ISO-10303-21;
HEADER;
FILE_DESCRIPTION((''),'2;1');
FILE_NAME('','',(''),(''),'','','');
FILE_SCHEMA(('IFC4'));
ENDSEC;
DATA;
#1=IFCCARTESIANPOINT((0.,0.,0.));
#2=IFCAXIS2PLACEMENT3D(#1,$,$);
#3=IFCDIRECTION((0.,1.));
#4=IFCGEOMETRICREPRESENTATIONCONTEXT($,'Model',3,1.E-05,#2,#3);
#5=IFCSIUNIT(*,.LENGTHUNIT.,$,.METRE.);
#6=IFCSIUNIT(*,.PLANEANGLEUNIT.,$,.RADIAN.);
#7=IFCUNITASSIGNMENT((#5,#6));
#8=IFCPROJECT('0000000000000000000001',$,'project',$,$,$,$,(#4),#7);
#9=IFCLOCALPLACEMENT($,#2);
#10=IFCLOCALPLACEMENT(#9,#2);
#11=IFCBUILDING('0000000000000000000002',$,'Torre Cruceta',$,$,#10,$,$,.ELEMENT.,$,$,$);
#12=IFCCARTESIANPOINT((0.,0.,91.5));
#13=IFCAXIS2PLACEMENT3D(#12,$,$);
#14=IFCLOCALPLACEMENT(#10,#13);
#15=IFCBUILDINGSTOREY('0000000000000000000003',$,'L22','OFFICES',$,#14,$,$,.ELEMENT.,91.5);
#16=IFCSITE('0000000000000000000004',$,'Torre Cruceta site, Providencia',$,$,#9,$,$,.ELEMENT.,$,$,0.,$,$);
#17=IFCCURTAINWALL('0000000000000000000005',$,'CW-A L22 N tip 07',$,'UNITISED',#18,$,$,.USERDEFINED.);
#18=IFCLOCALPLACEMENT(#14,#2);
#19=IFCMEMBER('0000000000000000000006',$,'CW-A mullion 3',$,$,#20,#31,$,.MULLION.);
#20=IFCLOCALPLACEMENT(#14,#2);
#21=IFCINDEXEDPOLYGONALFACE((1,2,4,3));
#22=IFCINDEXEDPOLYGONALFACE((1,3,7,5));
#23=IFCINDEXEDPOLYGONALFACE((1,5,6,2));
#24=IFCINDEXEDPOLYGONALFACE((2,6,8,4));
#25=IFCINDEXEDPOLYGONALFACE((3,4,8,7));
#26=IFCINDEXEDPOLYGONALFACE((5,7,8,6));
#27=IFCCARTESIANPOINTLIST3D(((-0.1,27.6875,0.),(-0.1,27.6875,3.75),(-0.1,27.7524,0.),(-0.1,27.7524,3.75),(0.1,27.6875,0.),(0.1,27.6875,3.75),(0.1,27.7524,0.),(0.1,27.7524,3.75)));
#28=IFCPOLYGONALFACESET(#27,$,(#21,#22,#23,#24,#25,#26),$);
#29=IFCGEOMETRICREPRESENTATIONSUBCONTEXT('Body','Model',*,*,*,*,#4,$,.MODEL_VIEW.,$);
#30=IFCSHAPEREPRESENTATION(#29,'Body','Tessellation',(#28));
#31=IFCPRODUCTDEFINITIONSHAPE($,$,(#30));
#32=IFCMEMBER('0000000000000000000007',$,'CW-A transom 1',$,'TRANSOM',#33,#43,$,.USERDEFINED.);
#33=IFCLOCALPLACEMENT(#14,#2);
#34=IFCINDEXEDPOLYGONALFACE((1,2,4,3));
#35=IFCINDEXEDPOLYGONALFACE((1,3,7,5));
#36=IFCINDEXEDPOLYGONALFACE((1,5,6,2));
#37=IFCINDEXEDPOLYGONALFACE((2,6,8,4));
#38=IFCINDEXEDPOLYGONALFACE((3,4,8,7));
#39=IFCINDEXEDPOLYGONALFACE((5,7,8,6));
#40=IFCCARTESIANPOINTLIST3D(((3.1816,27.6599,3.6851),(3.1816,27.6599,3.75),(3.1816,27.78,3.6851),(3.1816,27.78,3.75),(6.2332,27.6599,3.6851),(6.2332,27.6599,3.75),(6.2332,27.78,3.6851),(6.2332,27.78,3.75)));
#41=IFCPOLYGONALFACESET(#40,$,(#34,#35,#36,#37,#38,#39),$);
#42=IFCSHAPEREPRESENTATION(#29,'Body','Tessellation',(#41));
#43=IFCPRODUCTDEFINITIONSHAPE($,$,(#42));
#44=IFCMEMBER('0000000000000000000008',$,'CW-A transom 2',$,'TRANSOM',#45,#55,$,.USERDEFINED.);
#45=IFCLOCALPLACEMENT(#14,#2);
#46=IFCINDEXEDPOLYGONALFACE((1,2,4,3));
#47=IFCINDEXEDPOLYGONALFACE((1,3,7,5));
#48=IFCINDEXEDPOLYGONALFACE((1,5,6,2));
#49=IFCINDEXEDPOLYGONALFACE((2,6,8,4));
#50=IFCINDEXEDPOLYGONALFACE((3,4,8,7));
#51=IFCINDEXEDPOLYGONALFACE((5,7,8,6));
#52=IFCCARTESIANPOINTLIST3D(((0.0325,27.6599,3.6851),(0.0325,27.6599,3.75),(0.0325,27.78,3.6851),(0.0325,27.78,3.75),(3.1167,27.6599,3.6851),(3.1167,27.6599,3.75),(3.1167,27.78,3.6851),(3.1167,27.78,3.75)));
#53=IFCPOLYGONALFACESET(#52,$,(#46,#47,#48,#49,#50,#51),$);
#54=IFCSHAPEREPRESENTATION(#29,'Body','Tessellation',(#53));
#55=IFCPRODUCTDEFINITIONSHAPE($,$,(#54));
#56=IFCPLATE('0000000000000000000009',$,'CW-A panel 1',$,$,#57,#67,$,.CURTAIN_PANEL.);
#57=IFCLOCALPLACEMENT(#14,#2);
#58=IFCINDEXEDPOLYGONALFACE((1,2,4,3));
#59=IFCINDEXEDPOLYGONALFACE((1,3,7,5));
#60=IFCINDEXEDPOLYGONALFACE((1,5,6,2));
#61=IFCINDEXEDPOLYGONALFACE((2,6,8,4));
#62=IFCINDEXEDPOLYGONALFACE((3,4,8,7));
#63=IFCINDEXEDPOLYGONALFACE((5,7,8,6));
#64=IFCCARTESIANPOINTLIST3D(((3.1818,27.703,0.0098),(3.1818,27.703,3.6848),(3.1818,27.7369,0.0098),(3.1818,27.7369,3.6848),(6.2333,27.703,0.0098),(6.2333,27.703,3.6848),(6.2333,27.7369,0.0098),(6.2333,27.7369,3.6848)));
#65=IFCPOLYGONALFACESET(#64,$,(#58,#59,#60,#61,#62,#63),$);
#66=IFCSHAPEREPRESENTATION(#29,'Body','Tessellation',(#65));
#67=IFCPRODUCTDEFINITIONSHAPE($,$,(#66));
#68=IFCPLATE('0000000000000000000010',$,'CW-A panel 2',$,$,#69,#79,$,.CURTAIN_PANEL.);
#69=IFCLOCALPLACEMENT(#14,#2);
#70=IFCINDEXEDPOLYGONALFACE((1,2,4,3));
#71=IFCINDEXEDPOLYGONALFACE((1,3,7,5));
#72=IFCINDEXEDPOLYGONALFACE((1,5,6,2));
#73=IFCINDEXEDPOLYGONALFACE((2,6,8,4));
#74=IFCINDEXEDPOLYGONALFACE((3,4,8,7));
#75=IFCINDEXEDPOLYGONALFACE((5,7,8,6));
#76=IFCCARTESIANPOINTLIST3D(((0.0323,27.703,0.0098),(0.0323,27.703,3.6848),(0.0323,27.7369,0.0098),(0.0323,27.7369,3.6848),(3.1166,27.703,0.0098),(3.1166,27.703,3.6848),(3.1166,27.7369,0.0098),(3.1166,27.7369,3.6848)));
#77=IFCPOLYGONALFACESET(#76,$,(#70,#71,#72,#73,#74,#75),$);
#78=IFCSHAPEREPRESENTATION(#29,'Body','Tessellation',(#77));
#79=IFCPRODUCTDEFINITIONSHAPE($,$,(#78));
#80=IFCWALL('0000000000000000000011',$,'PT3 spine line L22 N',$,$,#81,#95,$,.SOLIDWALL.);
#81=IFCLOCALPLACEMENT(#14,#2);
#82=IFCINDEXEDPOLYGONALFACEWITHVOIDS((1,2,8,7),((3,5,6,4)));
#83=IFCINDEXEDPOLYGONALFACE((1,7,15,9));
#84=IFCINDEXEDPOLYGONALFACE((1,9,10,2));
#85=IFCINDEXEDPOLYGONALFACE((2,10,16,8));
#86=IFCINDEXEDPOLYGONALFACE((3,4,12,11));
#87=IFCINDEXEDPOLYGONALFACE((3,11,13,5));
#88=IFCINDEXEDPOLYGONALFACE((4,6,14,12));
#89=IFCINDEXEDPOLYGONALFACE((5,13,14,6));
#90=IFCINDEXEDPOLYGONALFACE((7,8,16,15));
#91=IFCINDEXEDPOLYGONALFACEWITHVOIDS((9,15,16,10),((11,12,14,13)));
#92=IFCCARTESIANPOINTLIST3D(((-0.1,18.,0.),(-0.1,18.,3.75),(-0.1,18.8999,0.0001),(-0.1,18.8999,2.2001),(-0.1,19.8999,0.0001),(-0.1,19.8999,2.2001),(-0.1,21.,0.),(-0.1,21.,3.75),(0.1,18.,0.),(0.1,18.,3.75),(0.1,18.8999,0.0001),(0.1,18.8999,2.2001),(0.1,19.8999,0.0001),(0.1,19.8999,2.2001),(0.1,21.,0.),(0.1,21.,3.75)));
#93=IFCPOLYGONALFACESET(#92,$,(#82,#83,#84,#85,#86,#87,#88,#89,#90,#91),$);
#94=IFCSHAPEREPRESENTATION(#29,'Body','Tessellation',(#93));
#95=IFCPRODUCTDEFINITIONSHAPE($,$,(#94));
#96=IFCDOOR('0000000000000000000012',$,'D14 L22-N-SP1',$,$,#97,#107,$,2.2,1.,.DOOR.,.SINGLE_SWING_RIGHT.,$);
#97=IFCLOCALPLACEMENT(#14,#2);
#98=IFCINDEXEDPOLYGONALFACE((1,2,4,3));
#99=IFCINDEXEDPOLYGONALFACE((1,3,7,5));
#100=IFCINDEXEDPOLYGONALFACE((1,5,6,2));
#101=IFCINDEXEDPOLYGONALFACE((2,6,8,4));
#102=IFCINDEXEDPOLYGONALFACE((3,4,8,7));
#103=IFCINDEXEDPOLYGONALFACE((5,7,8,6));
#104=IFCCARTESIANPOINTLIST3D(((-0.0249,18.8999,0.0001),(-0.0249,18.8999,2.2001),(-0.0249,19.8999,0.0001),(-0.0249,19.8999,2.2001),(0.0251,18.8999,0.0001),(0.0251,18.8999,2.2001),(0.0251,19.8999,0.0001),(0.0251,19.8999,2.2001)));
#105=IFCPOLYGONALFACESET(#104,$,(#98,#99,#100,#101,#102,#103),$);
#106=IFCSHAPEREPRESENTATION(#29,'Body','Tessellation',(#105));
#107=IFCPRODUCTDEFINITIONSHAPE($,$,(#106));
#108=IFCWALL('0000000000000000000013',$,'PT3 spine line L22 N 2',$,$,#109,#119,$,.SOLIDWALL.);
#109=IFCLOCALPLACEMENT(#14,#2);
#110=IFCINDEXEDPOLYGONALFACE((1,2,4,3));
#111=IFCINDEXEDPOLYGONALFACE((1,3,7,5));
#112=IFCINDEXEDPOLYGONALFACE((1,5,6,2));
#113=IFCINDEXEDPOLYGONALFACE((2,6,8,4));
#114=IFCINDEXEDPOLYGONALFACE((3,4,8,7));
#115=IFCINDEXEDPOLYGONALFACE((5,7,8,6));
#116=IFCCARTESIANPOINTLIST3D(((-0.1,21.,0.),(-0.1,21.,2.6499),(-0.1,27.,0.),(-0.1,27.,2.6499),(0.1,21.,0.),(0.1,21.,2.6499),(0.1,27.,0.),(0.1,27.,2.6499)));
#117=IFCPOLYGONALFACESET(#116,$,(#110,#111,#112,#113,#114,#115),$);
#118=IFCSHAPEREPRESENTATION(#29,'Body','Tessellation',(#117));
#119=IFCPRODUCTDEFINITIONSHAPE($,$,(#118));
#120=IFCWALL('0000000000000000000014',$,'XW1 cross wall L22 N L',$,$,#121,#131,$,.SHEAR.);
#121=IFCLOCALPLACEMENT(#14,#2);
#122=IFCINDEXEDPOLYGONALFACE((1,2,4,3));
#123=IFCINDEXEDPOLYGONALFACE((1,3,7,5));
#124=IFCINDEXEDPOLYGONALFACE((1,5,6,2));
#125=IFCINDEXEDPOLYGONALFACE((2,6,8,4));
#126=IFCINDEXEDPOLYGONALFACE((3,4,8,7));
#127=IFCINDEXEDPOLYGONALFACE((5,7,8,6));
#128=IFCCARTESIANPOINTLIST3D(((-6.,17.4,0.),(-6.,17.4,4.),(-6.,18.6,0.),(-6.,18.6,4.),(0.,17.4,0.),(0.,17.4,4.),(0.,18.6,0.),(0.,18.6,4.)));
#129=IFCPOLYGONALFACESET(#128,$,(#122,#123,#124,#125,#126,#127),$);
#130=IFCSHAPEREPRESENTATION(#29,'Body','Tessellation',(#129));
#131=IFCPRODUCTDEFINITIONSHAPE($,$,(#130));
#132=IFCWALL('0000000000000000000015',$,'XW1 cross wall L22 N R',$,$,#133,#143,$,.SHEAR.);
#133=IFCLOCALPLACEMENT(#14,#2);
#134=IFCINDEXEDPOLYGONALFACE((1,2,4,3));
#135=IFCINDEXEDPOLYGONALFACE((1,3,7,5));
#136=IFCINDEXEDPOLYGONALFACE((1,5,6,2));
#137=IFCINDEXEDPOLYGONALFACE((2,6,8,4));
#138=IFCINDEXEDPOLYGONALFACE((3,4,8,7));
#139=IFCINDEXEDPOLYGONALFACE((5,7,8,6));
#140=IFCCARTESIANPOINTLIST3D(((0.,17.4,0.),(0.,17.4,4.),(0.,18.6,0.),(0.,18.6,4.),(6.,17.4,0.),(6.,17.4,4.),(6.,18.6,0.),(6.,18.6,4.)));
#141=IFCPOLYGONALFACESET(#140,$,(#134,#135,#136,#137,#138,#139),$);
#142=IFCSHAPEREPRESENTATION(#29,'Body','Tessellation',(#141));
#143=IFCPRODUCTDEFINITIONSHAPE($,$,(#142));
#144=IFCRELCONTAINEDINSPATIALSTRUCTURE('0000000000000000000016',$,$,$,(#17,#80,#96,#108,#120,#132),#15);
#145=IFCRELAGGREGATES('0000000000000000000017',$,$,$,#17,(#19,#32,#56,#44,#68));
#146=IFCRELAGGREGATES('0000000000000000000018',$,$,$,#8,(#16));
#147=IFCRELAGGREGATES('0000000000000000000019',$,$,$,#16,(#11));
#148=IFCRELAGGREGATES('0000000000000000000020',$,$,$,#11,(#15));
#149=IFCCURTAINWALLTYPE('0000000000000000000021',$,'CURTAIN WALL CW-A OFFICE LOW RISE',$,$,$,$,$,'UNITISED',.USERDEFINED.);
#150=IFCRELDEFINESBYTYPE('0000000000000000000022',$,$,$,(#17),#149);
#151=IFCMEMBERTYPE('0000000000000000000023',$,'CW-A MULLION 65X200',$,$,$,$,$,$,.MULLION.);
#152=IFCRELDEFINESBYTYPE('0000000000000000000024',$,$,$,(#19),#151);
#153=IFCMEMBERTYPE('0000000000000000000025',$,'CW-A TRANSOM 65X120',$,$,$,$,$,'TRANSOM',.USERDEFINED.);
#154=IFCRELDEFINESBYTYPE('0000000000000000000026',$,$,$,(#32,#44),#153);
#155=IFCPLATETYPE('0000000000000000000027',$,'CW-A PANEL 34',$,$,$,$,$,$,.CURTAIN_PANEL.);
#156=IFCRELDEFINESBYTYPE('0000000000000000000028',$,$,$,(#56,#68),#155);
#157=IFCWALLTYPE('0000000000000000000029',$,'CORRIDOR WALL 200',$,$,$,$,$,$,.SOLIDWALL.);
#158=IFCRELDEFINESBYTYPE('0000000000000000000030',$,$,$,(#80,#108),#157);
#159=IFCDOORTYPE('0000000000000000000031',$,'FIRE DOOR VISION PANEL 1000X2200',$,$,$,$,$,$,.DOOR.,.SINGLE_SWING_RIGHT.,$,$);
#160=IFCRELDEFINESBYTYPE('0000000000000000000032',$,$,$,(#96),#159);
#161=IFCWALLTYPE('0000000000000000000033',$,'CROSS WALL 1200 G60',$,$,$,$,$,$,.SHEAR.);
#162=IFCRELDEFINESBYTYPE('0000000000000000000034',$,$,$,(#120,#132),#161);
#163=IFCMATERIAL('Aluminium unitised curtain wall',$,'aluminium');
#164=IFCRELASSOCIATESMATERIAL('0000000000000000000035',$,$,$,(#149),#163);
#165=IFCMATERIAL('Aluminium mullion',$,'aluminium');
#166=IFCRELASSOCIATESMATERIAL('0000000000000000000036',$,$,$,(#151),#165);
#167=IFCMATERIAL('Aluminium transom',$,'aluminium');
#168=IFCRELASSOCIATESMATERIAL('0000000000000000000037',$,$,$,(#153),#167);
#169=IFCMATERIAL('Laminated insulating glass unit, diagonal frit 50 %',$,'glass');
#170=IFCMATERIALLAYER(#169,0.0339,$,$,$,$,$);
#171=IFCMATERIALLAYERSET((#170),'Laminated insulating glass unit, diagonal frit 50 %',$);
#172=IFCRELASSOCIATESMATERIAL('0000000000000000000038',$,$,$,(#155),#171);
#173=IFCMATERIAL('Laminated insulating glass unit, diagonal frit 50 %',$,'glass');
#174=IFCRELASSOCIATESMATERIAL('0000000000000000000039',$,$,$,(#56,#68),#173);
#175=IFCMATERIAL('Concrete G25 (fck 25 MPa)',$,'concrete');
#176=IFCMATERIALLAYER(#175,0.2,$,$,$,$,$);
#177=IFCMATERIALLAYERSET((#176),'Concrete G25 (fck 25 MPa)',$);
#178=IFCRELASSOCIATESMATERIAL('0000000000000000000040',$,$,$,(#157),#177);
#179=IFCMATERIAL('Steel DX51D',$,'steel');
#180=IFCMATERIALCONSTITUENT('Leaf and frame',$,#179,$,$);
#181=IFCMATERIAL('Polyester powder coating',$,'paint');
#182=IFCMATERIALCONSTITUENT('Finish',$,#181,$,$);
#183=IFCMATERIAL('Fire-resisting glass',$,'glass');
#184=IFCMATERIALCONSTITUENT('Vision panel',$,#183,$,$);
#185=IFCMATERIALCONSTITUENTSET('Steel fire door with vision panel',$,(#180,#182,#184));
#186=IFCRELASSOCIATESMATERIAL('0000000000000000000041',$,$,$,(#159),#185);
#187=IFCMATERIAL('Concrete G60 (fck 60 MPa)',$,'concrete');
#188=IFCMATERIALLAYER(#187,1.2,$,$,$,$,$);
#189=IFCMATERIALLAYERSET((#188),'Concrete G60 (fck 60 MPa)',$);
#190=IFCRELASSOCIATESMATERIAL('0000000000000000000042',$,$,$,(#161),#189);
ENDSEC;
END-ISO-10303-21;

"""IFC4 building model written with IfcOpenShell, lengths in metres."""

from ifc_helpers import new_model, si_unit, direction, frame, frame_2d, origin, origin_2d, place, context, subcontext, project, spatial, rectangle, extrude, material, layer, layer_set, constituent, constituent_set, material_profile, profile_set, type_object, element, fill, aggregate, save


model = new_model("IFC4")

# Units and contexts
model_context = context("Model", 3, precision=1e-05, world=origin(), true_north=direction((0.0, 1.0)))
body_context = subcontext(model_context, "Body", "Model", "MODEL_VIEW")
ifc_project = project(units=[si_unit("LENGTHUNIT", "METRE"), si_unit("PLANEANGLEUNIT", "RADIAN")], contexts=[model_context])

# Site, building, storey
site_placement = place(None, origin())
site = spatial("IfcSite", under=ifc_project, at=site_placement, Name="Torre Cruceta site, Providencia", CompositionType="ELEMENT", RefElevation=0.0)
building_placement = place(site_placement, origin())
building = spatial("IfcBuilding", under=site, at=building_placement, Name="Torre Cruceta", CompositionType="ELEMENT")
storey_placement = place(building_placement, frame((0.0, 0.0, 91.5)))
storey = spatial("IfcBuildingStorey", under=building, at=storey_placement, Name="L22", Description="OFFICES", CompositionType="ELEMENT", Elevation=91.5)

# Curtain wall, members, plates
ifc_material_1 = material(Name="Aluminium unitised curtain wall", Category="aluminium")
curtain_wall_type = type_object("IfcCurtainWallType", Name="CURTAIN WALL CW-A OFFICE LOW RISE", ElementType="UNITISED", PredefinedType="USERDEFINED", material=ifc_material_1)
curtain_wall_placement = place(storey_placement, origin())
curtain_wall = element("IfcCurtainWall", 1, at=curtain_wall_placement, inside=storey, type_object=curtain_wall_type, Name="CW-A L22 N tip 07", ObjectType="UNITISED", PredefinedType="USERDEFINED")
ifc_material_2 = material(Name="Aluminium mullion", Category="aluminium")
ifc_material_profile_1 = material_profile(ifc_material_2, rectangle(XDim=0.0649, YDim=0.2, at=origin_2d()), Name="AL 65X200")
ifc_profile_set_1 = profile_set([ifc_material_profile_1], Name="Aluminium mullion")
member_type_1 = type_object("IfcMemberType", Name="CW-A MULLION 65X200", PredefinedType="MULLION", material=ifc_profile_set_1)
member_1_placement = place(storey_placement, frame((0.0, 27.72, 0.0), z_axis=(0.0, 0.0, 1.0), x_axis=(0.0, -1.0, 0.0)))
member_1 = element("IfcMember", 2, at=member_1_placement, type_object=member_type_1, Name="CW-A mullion 3", PredefinedType="MULLION", context=body_context, shape_type="SweptSolid", body=[
    extrude(rectangle(XDim=0.0649, YDim=0.2, at=origin_2d()), origin(), (0.0, 0.0, 1.0), 3.75),
])
ifc_material_3 = material(Name="Aluminium transom", Category="aluminium")
ifc_material_profile_2 = material_profile(ifc_material_3, rectangle(XDim=0.1201, YDim=0.0649, at=origin_2d()), Name="AL 120X65")
ifc_profile_set_2 = profile_set([ifc_material_profile_2], Name="Aluminium transom")
member_type_2 = type_object("IfcMemberType", Name="CW-A TRANSOM 65X120", ElementType="TRANSOM", PredefinedType="USERDEFINED", material=ifc_profile_set_2)
member_2_placement = place(storey_placement, frame((6.2332, 27.72, 3.7175), z_axis=(-1.0, 0.0, 0.0), x_axis=(0.0, -1.0, 0.0)))
member_2 = element("IfcMember", 3, at=member_2_placement, type_object=member_type_2, Name="CW-A transom 1", ObjectType="TRANSOM", PredefinedType="USERDEFINED", context=body_context, shape_type="SweptSolid", body=[
    extrude(rectangle(XDim=0.1201, YDim=0.0649, at=origin_2d()), origin(), (0.0, 0.0, 1.0), 3.0515),
])
member_3_placement = place(storey_placement, frame((3.1167, 27.72, 3.7175), z_axis=(-1.0, 0.0, 0.0), x_axis=(0.0, -1.0, 0.0)))
member_3 = element("IfcMember", 4, at=member_3_placement, type_object=member_type_2, Name="CW-A transom 2", ObjectType="TRANSOM", PredefinedType="USERDEFINED", context=body_context, shape_type="SweptSolid", body=[
    extrude(rectangle(XDim=0.1201, YDim=0.0649, at=origin_2d()), origin(), (0.0, 0.0, 1.0), 3.0842),
])
ifc_material_4 = material(Name="Laminated insulating glass unit, diagonal frit 50 %", Category="glass")
ifc_material_5 = material(Name="Laminated insulating glass unit, diagonal frit 50 %", Category="glass")
ifc_layer_1 = layer(ifc_material_5, 0.0339)
ifc_layer_set_1 = layer_set([ifc_layer_1], Name="Laminated insulating glass unit, diagonal frit 50 %")
plate_type = type_object("IfcPlateType", Name="CW-A PANEL 34", PredefinedType="CURTAIN_PANEL", material=ifc_layer_set_1)
plate_1_placement = place(storey_placement, frame((4.7075, 27.72, 0.0098), z_axis=(0.0, 0.0, 1.0), x_axis=(-1.0, 0.0, 0.0)))
plate_1 = element("IfcPlate", 5, at=plate_1_placement, type_object=plate_type, material=ifc_material_4, Name="CW-A panel 1", PredefinedType="CURTAIN_PANEL", context=body_context, shape_type="SweptSolid", body=[
    extrude(rectangle(XDim=3.0515, YDim=0.0339, at=origin_2d()), origin(), (0.0, 0.0, 1.0), 3.675),
])
plate_2_placement = place(storey_placement, frame((1.5745, 27.72, 0.0098), z_axis=(0.0, 0.0, 1.0), x_axis=(-1.0, 0.0, 0.0)))
plate_2 = element("IfcPlate", 6, at=plate_2_placement, type_object=plate_type, material=ifc_material_4, Name="CW-A panel 2", PredefinedType="CURTAIN_PANEL", context=body_context, shape_type="SweptSolid", body=[
    extrude(rectangle(XDim=3.0842, YDim=0.0339, at=origin_2d()), origin(), (0.0, 0.0, 1.0), 3.675),
])
aggregate(curtain_wall, [member_1, member_2, plate_1, member_3, plate_2])

# Wall, opening, door
ifc_material_6 = material(Name="Concrete G25 (fck 25 MPa)", Category="concrete")
ifc_layer_2 = layer(ifc_material_6, 0.2)
ifc_layer_set_2 = layer_set([ifc_layer_2], Name="Concrete G25 (fck 25 MPa)")
wall_type_1 = type_object("IfcWallType", Name="CORRIDOR WALL 200", PredefinedType="SOLIDWALL", material=ifc_layer_set_2)
wall_1_placement = place(storey_placement, frame((0.0, 18.0, 0.0), z_axis=(0.0, 0.0, 1.0), x_axis=(0.0, 1.0, 0.0)))
wall_1 = element("IfcWall", 7, at=wall_1_placement, inside=storey, type_object=wall_type_1, Name="PT3 spine line L22 N", PredefinedType="SOLIDWALL", context=body_context, shape_type="SweptSolid", body=[
    extrude(rectangle(XDim=3.0, YDim=0.2, at=frame_2d((1.5, 0.0))), origin(), (0.0, 0.0, 1.0), 3.75),
])
opening_1_placement = place(wall_1_placement, frame((0.8999, 0.0, 0.0)))
opening_1 = element("IfcOpeningElement", 8, at=opening_1_placement, cuts=wall_1, PredefinedType="OPENING", context=body_context, shape_type="SweptSolid", body=[
    extrude(rectangle(XDim=1.0, YDim=2.2, at=frame_2d((0.5, 1.1001))), frame((0.0, 0.1099, 0.0), z_axis=(0.0, -1.0, 0.0), x_axis=(1.0, 0.0, 0.0)), (0.0, 0.0, 1.0), 0.22),
])
ifc_material_7 = material(Name="Steel DX51D", Category="steel")
ifc_constituent_1 = constituent(ifc_material_7, Name="Leaf and frame")
ifc_material_8 = material(Name="Polyester powder coating", Category="paint")
ifc_constituent_2 = constituent(ifc_material_8, Name="Finish")
ifc_material_9 = material(Name="Fire-resisting glass", Category="glass")
ifc_constituent_3 = constituent(ifc_material_9, Name="Vision panel")
ifc_constituent_set_1 = constituent_set(constituents=[ifc_constituent_1, ifc_constituent_2, ifc_constituent_3], Name="Steel fire door with vision panel")
door_type_1 = type_object("IfcDoorType", Name="FIRE DOOR VISION PANEL 1000X2200", OperationType="SINGLE_SWING_RIGHT", PredefinedType="DOOR", material=ifc_constituent_set_1)
door_1_placement = place(opening_1_placement, frame((1.0, 0.0, 0.0), z_axis=(0.0, 0.0, 1.0), x_axis=(-1.0, 0.0, 0.0)))
door_1 = element("IfcDoor", 9, at=door_1_placement, inside=storey, type_object=door_type_1, Name="D14 L22-N-SP1", OperationType="SINGLE_SWING_RIGHT", OverallHeight=2.2, OverallWidth=1.0, PredefinedType="DOOR", context=body_context, shape_type="SweptSolid", body=[
    extrude(rectangle(XDim=1.0, YDim=2.2, at=frame_2d((0.5, 1.1001))), frame((0.0, 0.0251, 0.0), z_axis=(0.0, -1.0, 0.0), x_axis=(1.0, 0.0, 0.0)), (0.0, 0.0, 1.0), 0.05),
])
fill(opening_1, door_1)

# Walls
wall_2_placement = place(storey_placement, frame((0.0, 21.0, 0.0), z_axis=(0.0, 0.0, 1.0), x_axis=(0.0, 1.0, 0.0)))
element("IfcWall", 10, at=wall_2_placement, inside=storey, type_object=wall_type_1, Name="PT3 spine line L22 N 2", PredefinedType="SOLIDWALL", context=body_context, shape_type="SweptSolid", body=[
    extrude(rectangle(XDim=6.0, YDim=0.2, at=frame_2d((3.0, 0.0))), origin(), (0.0, 0.0, 1.0), 2.6499),
])
ifc_material_10 = material(Name="Concrete G60 (fck 60 MPa)", Category="concrete")
ifc_layer_3 = layer(ifc_material_10, 1.2)
ifc_layer_set_3 = layer_set([ifc_layer_3], Name="Concrete G60 (fck 60 MPa)")
wall_type_2 = type_object("IfcWallType", Name="CROSS WALL 1200 G60", PredefinedType="SHEAR", material=ifc_layer_set_3)
for number, where, z_axis, x_axis, name in (
    (11, (0.0, 18.0, 0.0), (0.0, 0.0, 1.0), (-1.0, 0.0, 0.0), "XW1 cross wall L22 N L"),
    (12, (0.0, 18.0, 0.0), (0.0, 0.0, 1.0), (1.0, 0.0, 0.0), "XW1 cross wall L22 N R"),
):
    element("IfcWall", number, at=place(storey_placement, frame(where, z_axis=z_axis, x_axis=x_axis)), inside=storey, type_object=wall_type_2, Name=name, PredefinedType="SHEAR", context=body_context, shape_type="SweptSolid", body=[
        extrude(rectangle(XDim=6.0, YDim=1.2, at=frame_2d((3.0, 0.0))), origin(), (0.0, 0.0, 1.0), 4.0),
    ])

save(model, "model.ifc")
